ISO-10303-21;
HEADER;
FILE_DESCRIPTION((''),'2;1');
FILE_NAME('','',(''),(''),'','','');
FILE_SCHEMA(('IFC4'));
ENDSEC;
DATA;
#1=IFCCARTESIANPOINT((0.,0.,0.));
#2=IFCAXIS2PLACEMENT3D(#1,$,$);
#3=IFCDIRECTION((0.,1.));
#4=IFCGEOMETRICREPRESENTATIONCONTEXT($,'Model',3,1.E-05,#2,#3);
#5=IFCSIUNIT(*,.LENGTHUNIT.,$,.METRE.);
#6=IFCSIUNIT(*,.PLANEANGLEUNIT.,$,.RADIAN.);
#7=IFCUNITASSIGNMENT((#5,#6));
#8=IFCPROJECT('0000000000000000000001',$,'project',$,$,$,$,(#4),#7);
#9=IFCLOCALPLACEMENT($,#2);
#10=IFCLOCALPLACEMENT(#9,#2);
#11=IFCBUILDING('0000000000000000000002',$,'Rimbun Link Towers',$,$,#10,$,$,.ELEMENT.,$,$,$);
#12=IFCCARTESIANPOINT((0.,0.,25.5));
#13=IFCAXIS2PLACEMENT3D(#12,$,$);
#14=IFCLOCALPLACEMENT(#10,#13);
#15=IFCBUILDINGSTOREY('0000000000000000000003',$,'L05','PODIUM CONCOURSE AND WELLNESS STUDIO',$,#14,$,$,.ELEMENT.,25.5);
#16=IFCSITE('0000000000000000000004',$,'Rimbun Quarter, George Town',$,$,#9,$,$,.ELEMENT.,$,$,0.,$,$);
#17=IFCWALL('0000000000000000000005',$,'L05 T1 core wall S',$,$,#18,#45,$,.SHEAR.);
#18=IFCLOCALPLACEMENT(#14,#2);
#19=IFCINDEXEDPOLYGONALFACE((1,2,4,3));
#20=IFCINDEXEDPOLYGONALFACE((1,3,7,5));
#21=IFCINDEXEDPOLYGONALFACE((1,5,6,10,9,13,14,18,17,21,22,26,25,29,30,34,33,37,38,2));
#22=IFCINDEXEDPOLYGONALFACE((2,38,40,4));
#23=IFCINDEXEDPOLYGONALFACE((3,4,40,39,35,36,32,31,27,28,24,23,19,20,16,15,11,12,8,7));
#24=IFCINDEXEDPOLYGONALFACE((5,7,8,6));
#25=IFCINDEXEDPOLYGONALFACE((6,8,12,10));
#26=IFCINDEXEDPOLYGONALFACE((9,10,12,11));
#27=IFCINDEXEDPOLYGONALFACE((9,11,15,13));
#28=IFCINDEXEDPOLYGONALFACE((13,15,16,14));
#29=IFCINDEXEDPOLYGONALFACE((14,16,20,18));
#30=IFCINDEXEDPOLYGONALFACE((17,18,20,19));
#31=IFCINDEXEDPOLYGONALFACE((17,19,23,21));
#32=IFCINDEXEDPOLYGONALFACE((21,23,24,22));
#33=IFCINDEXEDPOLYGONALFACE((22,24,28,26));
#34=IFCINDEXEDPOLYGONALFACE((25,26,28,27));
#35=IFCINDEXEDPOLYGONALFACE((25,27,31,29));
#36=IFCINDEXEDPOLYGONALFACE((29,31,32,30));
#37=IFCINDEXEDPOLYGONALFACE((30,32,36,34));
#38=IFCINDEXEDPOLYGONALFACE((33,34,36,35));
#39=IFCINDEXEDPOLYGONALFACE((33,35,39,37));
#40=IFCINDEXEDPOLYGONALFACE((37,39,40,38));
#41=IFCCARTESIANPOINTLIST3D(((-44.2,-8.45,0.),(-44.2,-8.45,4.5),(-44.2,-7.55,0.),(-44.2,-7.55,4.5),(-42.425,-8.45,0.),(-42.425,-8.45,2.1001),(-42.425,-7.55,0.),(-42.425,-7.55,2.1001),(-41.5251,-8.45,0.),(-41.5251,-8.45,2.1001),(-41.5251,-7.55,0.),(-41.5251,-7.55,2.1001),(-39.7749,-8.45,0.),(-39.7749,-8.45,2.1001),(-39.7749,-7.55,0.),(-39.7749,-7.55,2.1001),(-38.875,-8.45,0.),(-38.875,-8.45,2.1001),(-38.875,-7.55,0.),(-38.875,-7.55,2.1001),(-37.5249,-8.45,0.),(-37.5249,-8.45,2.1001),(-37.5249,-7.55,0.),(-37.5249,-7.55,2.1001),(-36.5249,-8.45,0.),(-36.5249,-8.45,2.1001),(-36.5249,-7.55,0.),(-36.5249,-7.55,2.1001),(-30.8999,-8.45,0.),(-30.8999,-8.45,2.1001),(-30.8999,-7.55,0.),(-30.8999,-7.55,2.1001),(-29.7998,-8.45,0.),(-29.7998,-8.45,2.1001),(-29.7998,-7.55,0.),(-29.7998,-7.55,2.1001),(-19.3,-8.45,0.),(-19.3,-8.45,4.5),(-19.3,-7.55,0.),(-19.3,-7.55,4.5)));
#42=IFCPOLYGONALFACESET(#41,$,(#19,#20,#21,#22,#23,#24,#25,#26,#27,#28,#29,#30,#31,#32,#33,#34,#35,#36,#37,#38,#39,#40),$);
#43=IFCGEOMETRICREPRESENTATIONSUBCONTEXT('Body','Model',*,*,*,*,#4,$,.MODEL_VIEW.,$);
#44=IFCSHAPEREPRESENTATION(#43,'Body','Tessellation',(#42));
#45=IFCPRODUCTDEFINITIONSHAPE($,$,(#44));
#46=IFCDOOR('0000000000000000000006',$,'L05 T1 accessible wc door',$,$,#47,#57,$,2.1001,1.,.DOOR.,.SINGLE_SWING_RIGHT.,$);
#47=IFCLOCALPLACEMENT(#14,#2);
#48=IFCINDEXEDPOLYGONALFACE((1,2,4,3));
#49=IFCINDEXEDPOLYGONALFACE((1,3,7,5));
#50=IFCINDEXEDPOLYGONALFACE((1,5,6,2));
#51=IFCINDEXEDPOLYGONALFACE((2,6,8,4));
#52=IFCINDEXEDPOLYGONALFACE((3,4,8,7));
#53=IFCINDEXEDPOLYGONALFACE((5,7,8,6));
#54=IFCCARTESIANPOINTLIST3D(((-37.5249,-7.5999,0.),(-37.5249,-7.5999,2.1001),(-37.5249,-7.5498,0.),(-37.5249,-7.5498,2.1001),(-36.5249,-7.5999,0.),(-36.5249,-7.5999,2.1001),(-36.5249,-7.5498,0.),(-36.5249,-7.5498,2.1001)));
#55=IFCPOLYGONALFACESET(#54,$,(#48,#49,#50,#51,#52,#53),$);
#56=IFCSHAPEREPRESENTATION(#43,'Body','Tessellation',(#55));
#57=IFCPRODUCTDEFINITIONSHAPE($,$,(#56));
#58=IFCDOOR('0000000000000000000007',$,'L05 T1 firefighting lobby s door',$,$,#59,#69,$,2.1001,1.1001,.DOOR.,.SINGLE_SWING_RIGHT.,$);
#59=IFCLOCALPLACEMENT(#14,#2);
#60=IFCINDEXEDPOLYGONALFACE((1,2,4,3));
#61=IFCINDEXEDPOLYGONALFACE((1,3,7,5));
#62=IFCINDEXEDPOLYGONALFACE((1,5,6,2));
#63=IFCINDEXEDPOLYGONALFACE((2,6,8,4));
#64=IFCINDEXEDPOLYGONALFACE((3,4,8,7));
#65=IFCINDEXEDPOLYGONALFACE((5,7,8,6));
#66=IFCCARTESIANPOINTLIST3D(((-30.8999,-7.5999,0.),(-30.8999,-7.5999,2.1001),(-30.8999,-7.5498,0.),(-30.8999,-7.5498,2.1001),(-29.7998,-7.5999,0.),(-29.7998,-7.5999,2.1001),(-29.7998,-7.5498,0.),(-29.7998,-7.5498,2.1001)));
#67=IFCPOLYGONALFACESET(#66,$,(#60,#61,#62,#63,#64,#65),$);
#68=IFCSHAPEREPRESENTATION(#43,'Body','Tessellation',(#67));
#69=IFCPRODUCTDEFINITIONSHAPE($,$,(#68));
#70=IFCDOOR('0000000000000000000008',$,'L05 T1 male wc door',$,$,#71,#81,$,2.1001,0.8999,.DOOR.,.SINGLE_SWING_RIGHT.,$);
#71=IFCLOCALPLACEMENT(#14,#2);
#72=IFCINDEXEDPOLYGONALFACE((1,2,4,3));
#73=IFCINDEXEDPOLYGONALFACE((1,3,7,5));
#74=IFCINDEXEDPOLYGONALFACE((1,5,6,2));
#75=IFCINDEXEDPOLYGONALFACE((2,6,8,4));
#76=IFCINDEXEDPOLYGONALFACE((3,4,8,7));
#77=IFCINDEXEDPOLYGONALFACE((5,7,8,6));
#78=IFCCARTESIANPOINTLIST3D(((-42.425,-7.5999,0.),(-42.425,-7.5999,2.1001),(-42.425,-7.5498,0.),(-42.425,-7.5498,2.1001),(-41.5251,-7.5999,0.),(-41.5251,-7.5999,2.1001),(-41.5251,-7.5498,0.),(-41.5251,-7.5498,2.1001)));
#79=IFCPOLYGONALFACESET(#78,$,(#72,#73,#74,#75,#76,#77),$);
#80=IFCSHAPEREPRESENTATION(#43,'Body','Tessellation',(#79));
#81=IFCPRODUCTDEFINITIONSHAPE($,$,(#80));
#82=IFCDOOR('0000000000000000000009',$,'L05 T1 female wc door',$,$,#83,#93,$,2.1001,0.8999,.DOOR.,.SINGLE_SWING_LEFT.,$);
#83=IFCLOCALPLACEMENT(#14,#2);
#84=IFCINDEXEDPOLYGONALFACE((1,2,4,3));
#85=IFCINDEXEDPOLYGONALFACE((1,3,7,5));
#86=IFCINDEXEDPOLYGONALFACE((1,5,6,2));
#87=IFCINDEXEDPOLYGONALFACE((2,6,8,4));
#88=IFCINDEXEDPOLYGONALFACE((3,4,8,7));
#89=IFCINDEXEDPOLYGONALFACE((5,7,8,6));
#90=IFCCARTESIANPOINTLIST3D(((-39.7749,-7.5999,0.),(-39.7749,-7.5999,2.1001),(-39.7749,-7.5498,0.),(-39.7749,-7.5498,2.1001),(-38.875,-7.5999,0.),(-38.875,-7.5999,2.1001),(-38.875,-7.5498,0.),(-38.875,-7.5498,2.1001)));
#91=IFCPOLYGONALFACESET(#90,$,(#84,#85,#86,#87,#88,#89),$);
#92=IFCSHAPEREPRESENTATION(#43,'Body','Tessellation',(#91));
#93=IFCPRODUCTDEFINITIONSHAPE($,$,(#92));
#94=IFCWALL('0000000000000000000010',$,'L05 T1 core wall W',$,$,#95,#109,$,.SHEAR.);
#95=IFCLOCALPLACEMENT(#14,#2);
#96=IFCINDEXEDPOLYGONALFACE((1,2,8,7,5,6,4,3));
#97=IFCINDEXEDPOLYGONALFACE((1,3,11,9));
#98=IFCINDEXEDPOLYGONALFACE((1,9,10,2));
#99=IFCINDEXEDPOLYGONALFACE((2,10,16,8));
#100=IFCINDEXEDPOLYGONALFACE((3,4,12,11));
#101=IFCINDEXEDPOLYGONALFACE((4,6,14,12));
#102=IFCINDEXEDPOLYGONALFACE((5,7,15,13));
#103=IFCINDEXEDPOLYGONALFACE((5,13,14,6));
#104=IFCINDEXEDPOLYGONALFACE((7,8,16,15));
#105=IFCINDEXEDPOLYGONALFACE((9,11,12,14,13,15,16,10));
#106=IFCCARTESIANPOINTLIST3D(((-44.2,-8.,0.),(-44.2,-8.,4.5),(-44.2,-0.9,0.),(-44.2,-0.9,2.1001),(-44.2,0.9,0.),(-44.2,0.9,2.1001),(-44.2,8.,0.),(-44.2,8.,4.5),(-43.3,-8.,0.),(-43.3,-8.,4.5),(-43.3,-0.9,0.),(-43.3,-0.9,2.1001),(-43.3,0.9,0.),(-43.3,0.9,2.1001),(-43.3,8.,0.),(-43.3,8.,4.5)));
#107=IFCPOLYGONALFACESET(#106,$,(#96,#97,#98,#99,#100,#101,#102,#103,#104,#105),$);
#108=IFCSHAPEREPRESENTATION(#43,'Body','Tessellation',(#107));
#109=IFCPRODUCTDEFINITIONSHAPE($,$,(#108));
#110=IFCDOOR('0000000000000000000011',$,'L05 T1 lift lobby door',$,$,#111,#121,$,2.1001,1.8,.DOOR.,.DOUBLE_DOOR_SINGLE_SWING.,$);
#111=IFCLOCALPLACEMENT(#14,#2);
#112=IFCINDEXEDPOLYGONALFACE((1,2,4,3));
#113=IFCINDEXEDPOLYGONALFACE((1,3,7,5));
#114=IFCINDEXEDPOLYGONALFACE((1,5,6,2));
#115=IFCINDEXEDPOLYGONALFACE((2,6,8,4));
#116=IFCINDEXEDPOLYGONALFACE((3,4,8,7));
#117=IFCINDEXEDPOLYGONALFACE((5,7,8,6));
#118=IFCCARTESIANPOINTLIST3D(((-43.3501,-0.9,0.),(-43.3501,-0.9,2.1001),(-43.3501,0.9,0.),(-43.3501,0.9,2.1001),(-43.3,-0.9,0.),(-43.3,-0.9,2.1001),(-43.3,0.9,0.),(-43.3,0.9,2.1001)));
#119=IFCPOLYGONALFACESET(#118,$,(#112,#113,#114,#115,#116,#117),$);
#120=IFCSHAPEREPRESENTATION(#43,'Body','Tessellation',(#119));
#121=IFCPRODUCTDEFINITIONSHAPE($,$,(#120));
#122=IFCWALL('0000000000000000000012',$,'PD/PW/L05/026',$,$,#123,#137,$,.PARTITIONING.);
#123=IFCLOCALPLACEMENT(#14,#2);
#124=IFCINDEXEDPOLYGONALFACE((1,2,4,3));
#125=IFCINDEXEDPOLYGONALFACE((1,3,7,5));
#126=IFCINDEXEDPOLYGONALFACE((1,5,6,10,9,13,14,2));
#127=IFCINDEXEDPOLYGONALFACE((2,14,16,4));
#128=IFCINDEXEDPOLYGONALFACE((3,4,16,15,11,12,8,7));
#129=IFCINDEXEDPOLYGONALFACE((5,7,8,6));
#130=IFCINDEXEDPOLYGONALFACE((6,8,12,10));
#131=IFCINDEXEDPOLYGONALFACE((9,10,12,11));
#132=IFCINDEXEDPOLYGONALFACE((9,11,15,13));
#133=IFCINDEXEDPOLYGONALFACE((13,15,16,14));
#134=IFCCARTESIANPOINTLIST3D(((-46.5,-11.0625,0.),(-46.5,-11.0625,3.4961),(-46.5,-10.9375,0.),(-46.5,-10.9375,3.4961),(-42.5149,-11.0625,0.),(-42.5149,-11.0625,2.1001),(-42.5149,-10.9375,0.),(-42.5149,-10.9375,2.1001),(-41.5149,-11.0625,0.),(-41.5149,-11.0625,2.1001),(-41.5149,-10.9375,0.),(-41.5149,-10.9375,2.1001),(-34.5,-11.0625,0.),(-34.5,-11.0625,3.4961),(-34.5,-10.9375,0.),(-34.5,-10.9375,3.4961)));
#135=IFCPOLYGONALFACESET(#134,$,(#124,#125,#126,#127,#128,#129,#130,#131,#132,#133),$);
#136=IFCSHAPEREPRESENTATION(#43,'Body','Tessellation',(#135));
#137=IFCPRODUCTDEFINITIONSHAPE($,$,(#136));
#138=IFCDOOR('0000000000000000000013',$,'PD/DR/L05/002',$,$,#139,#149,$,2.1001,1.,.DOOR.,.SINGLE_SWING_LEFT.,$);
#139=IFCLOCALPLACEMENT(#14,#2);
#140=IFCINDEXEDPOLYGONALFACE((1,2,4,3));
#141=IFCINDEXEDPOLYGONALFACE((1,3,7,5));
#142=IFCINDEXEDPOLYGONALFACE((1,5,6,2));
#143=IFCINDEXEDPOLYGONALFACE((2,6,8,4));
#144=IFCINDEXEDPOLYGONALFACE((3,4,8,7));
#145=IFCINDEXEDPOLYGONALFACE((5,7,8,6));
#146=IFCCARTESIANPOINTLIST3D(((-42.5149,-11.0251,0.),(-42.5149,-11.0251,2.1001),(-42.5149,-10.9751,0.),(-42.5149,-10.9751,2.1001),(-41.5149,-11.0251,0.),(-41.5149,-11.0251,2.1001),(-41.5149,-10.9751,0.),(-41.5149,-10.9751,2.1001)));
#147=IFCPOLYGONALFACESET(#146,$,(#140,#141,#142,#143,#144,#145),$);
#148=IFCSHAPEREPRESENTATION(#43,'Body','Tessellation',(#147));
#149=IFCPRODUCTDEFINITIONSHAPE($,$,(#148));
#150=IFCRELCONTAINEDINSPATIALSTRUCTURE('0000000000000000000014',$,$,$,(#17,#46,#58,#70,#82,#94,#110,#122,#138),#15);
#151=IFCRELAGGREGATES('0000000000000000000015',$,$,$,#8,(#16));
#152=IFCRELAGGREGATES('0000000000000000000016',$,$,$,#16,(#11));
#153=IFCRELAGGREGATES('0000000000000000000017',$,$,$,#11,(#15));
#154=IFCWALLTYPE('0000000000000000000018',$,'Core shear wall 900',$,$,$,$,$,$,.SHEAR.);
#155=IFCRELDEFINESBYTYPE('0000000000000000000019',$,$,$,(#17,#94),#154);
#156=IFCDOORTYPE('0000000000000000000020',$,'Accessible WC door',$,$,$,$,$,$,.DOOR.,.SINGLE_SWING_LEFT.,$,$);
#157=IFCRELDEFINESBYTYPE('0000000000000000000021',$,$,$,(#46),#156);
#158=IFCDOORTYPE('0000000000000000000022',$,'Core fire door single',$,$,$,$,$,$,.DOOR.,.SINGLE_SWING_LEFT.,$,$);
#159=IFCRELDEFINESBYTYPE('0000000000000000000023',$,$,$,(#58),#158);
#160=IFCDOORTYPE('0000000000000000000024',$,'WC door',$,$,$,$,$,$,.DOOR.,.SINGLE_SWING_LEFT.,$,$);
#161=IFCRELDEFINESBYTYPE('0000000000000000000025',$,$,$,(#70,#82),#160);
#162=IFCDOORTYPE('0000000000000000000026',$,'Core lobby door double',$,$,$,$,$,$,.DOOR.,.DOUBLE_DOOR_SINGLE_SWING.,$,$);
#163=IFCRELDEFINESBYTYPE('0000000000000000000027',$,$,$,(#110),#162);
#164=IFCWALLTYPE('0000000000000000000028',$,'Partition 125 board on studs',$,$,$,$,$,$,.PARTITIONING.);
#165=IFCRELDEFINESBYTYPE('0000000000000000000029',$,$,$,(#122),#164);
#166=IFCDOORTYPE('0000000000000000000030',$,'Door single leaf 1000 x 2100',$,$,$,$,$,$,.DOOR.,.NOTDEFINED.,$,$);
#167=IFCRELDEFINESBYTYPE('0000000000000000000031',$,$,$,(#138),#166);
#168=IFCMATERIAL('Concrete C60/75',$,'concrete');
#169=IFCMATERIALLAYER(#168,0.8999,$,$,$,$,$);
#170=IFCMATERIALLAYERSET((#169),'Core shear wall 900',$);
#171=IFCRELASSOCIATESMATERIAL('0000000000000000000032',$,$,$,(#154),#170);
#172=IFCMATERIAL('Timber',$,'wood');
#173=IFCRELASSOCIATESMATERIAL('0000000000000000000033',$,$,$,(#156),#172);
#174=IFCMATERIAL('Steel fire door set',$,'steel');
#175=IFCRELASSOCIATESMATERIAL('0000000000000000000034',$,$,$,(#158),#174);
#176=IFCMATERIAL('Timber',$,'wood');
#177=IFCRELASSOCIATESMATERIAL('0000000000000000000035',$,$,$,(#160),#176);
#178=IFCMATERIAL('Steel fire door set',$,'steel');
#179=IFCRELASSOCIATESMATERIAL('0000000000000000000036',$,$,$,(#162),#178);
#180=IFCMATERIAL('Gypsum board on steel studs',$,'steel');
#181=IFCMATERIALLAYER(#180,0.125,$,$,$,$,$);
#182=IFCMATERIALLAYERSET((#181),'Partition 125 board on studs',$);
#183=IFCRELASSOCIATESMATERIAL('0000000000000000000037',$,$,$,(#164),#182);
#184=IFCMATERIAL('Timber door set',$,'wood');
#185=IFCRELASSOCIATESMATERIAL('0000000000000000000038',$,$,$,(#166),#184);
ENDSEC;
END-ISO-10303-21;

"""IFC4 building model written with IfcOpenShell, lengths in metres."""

from ifc_helpers import new_model, si_unit, direction, frame, frame_2d, origin, place, context, subcontext, project, spatial, rectangle, extrude, material, layer, layer_set, type_object, element, fill, save


model = new_model("IFC4")

# Units and contexts
model_context = context("Model", 3, precision=1e-05, world=origin(), true_north=direction((0.0, 1.0)))
body_context = subcontext(model_context, "Body", "Model", "MODEL_VIEW")
ifc_project = project(units=[si_unit("LENGTHUNIT", "METRE"), si_unit("PLANEANGLEUNIT", "RADIAN")], contexts=[model_context])

# Site, building, storey
site_placement = place(None, origin())
site = spatial("IfcSite", under=ifc_project, at=site_placement, Name="Rimbun Quarter, George Town", CompositionType="ELEMENT", RefElevation=0.0)
building_placement = place(site_placement, origin())
building = spatial("IfcBuilding", under=site, at=building_placement, Name="Rimbun Link Towers", CompositionType="ELEMENT")
storey_placement = place(building_placement, frame((0.0, 0.0, 25.5)))
storey = spatial("IfcBuildingStorey", under=building, at=storey_placement, Name="L05", Description="PODIUM CONCOURSE AND WELLNESS STUDIO", CompositionType="ELEMENT", Elevation=25.5)

# Wall, openings, doors
ifc_material_1 = material(Name="Concrete C60/75", Category="concrete")
ifc_layer_1 = layer(ifc_material_1, 0.8999)
ifc_layer_set_1 = layer_set([ifc_layer_1], Name="Core shear wall 900")
wall_type_1 = type_object("IfcWallType", Name="Core shear wall 900", PredefinedType="SHEAR", material=ifc_layer_set_1)
wall_1_placement = place(storey_placement, frame((-44.2, -8.0, 0.0), z_axis=(0.0, 0.0, 1.0), x_axis=(1.0, 0.0, 0.0)))
wall_1 = element("IfcWall", 1, at=wall_1_placement, inside=storey, type_object=wall_type_1, Name="L05 T1 core wall S", PredefinedType="SHEAR", context=body_context, shape_type="SweptSolid", body=[
    extrude(rectangle(XDim=24.8999, YDim=0.8999, at=frame_2d((12.45, 0.0))), origin(), (0.0, 0.0, 1.0), 4.5),
])
opening_1_placement = place(wall_1_placement, frame((13.3, 0.0, 0.0)))
opening_1 = element("IfcOpeningElement", 2, at=opening_1_placement, cuts=wall_1, PredefinedType="OPENING", context=body_context, shape_type="SweptSolid", body=[
    extrude(rectangle(XDim=1.1001, YDim=2.1001, at=frame_2d((0.55, 1.05))), frame((0.0, 0.46, 0.0), z_axis=(0.0, -1.0, 0.0), x_axis=(1.0, 0.0, 0.0)), (0.0, 0.0, 1.0), 0.9199),
])
opening_2_placement = place(wall_1_placement, frame((1.7749, 0.0, 0.0)))
opening_2 = element("IfcOpeningElement", 3, at=opening_2_placement, cuts=wall_1, PredefinedType="OPENING", context=body_context, shape_type="SweptSolid", body=[
    extrude(rectangle(XDim=0.8999, YDim=2.1001, at=frame_2d((0.45, 1.05))), frame((0.0, 0.46, 0.0), z_axis=(0.0, -1.0, 0.0), x_axis=(1.0, 0.0, 0.0)), (0.0, 0.0, 1.0), 0.9199),
])
opening_3_placement = place(wall_1_placement, frame((4.425, 0.0, 0.0)))
opening_3 = element("IfcOpeningElement", 4, at=opening_3_placement, cuts=wall_1, PredefinedType="OPENING", context=body_context, shape_type="SweptSolid", body=[
    extrude(rectangle(XDim=0.8999, YDim=2.1001, at=frame_2d((0.45, 1.05))), frame((0.0, 0.46, 0.0), z_axis=(0.0, -1.0, 0.0), x_axis=(1.0, 0.0, 0.0)), (0.0, 0.0, 1.0), 0.9199),
])
opening_4_placement = place(wall_1_placement, frame((6.675, 0.0, 0.0)))
opening_4 = element("IfcOpeningElement", 5, at=opening_4_placement, cuts=wall_1, PredefinedType="OPENING", context=body_context, shape_type="SweptSolid", body=[
    extrude(rectangle(XDim=1.0, YDim=2.1001, at=frame_2d((0.5, 1.05))), frame((0.0, 0.46, 0.0), z_axis=(0.0, -1.0, 0.0), x_axis=(1.0, 0.0, 0.0)), (0.0, 0.0, 1.0), 0.9199),
])
ifc_material_2 = material(Name="Timber", Category="wood")
door_type_1 = type_object("IfcDoorType", Name="Accessible WC door", OperationType="SINGLE_SWING_LEFT", PredefinedType="DOOR", material=ifc_material_2)
door_1_placement = place(opening_4_placement, origin())
door_1 = element("IfcDoor", 6, at=door_1_placement, inside=storey, type_object=door_type_1, Name="L05 T1 accessible wc door", OperationType="SINGLE_SWING_RIGHT", OverallHeight=2.1001, OverallWidth=1.0, PredefinedType="DOOR", context=body_context, shape_type="SweptSolid", body=[
    extrude(rectangle(XDim=1.0, YDim=2.1001, at=frame_2d((0.5, 1.05))), frame((0.0, 0.4502, 0.0), z_axis=(0.0, -1.0, 0.0), x_axis=(1.0, 0.0, 0.0)), (0.0, 0.0, 1.0), 0.05),
])
fill(opening_4, door_1)
ifc_material_3 = material(Name="Steel fire door set", Category="steel")
door_type_2 = type_object("IfcDoorType", Name="Core fire door single", OperationType="SINGLE_SWING_LEFT", PredefinedType="DOOR", material=ifc_material_3)
door_2_placement = place(opening_1_placement, origin())
door_2 = element("IfcDoor", 7, at=door_2_placement, inside=storey, type_object=door_type_2, Name="L05 T1 firefighting lobby s door", OperationType="SINGLE_SWING_RIGHT", OverallHeight=2.1001, OverallWidth=1.1001, PredefinedType="DOOR", context=body_context, shape_type="SweptSolid", body=[
    extrude(rectangle(XDim=1.1001, YDim=2.1001, at=frame_2d((0.55, 1.05))), frame((0.0, 0.4502, 0.0), z_axis=(0.0, -1.0, 0.0), x_axis=(1.0, 0.0, 0.0)), (0.0, 0.0, 1.0), 0.05),
])
fill(opening_1, door_2)
ifc_material_4 = material(Name="Timber", Category="wood")
door_type_3 = type_object("IfcDoorType", Name="WC door", OperationType="SINGLE_SWING_LEFT", PredefinedType="DOOR", material=ifc_material_4)
door_3_placement = place(opening_2_placement, origin())
door_3 = element("IfcDoor", 8, at=door_3_placement, inside=storey, type_object=door_type_3, Name="L05 T1 male wc door", OperationType="SINGLE_SWING_RIGHT", OverallHeight=2.1001, OverallWidth=0.8999, PredefinedType="DOOR", context=body_context, shape_type="SweptSolid", body=[
    extrude(rectangle(XDim=0.8999, YDim=2.1001, at=frame_2d((0.45, 1.05))), frame((0.0, 0.4502, 0.0), z_axis=(0.0, -1.0, 0.0), x_axis=(1.0, 0.0, 0.0)), (0.0, 0.0, 1.0), 0.05),
])
fill(opening_2, door_3)
door_4_placement = place(opening_3_placement, origin())
door_4 = element("IfcDoor", 9, at=door_4_placement, inside=storey, type_object=door_type_3, Name="L05 T1 female wc door", OperationType="SINGLE_SWING_LEFT", OverallHeight=2.1001, OverallWidth=0.8999, PredefinedType="DOOR", context=body_context, shape_type="SweptSolid", body=[
    extrude(rectangle(XDim=0.8999, YDim=2.1001, at=frame_2d((0.45, 1.05))), frame((0.0, 0.4502, 0.0), z_axis=(0.0, -1.0, 0.0), x_axis=(1.0, 0.0, 0.0)), (0.0, 0.0, 1.0), 0.05),
])
fill(opening_3, door_4)

# Walls, openings, doors
wall_2_placement = place(storey_placement, frame((-43.75, -8.0, 0.0), z_axis=(0.0, 0.0, 1.0), x_axis=(0.0, 1.0, 0.0)))
wall_2 = element("IfcWall", 10, at=wall_2_placement, inside=storey, type_object=wall_type_1, Name="L05 T1 core wall W", PredefinedType="SHEAR", context=body_context, shape_type="SweptSolid", body=[
    extrude(rectangle(XDim=16.0, YDim=0.8999, at=frame_2d((8.0, 0.0))), origin(), (0.0, 0.0, 1.0), 4.5),
])
opening_5_placement = place(wall_2_placement, frame((7.1001, 0.0, 0.0)))
opening_5 = element("IfcOpeningElement", 11, at=opening_5_placement, cuts=wall_2, PredefinedType="OPENING", context=body_context, shape_type="SweptSolid", body=[
    extrude(rectangle(XDim=1.8, YDim=2.1001, at=frame_2d((0.8999, 1.05))), frame((0.0, 0.46, 0.0), z_axis=(0.0, -1.0, 0.0), x_axis=(1.0, 0.0, 0.0)), (0.0, 0.0, 1.0), 0.9199),
])
ifc_material_5 = material(Name="Steel fire door set", Category="steel")
door_type_4 = type_object("IfcDoorType", Name="Core lobby door double", OperationType="DOUBLE_DOOR_SINGLE_SWING", PredefinedType="DOOR", material=ifc_material_5)
door_5_placement = place(opening_5_placement, origin())
door_5 = element("IfcDoor", 12, at=door_5_placement, inside=storey, type_object=door_type_4, Name="L05 T1 lift lobby door", OperationType="DOUBLE_DOOR_SINGLE_SWING", OverallHeight=2.1001, OverallWidth=1.8, PredefinedType="DOOR", context=body_context, shape_type="SweptSolid", body=[
    extrude(rectangle(XDim=1.8, YDim=2.1001, at=frame_2d((0.8999, 1.05))), frame((0.0, -0.3999, 0.0), z_axis=(0.0, -1.0, 0.0), x_axis=(1.0, 0.0, 0.0)), (0.0, 0.0, 1.0), 0.05),
])
fill(opening_5, door_5)
ifc_material_6 = material(Name="Gypsum board on steel studs", Category="steel")
ifc_layer_2 = layer(ifc_material_6, 0.125)
ifc_layer_set_2 = layer_set([ifc_layer_2], Name="Partition 125 board on studs")
wall_type_2 = type_object("IfcWallType", Name="Partition 125 board on studs", PredefinedType="PARTITIONING", material=ifc_layer_set_2)
wall_3_placement = place(storey_placement, frame((-46.5, -11.0, 0.0), z_axis=(0.0, 0.0, 1.0), x_axis=(1.0, 0.0, 0.0)))
wall_3 = element("IfcWall", 13, at=wall_3_placement, inside=storey, type_object=wall_type_2, Name="PD/PW/L05/026", PredefinedType="PARTITIONING", context=body_context, shape_type="SweptSolid", body=[
    extrude(rectangle(XDim=12.0, YDim=0.125, at=frame_2d((6.0, 0.0))), origin(), (0.0, 0.0, 1.0), 3.4961),
])
opening_6_placement = place(wall_3_placement, frame((3.9851, 0.0, 0.0)))
opening_6 = element("IfcOpeningElement", 14, at=opening_6_placement, cuts=wall_3, PredefinedType="OPENING", context=body_context, shape_type="SweptSolid", body=[
    extrude(rectangle(XDim=1.0, YDim=2.1001, at=frame_2d((0.5, 1.05))), frame((0.0, 0.0725, 0.0), z_axis=(0.0, -1.0, 0.0), x_axis=(1.0, 0.0, 0.0)), (0.0, 0.0, 1.0), 0.145),
])
ifc_material_7 = material(Name="Timber door set", Category="wood")
door_type_5 = type_object("IfcDoorType", Name="Door single leaf 1000 x 2100", OperationType="NOTDEFINED", PredefinedType="DOOR", material=ifc_material_7)
door_6_placement = place(opening_6_placement, origin())
door_6 = element("IfcDoor", 15, at=door_6_placement, inside=storey, type_object=door_type_5, Name="PD/DR/L05/002", OperationType="SINGLE_SWING_LEFT", OverallHeight=2.1001, OverallWidth=1.0, PredefinedType="DOOR", context=body_context, shape_type="SweptSolid", body=[
    extrude(rectangle(XDim=1.0, YDim=2.1001, at=frame_2d((0.5, 1.05))), frame((0.0, 0.0249, 0.0), z_axis=(0.0, -1.0, 0.0), x_axis=(1.0, 0.0, 0.0)), (0.0, 0.0, 1.0), 0.05),
])
fill(opening_6, door_6)

save(model, "model.ifc")
